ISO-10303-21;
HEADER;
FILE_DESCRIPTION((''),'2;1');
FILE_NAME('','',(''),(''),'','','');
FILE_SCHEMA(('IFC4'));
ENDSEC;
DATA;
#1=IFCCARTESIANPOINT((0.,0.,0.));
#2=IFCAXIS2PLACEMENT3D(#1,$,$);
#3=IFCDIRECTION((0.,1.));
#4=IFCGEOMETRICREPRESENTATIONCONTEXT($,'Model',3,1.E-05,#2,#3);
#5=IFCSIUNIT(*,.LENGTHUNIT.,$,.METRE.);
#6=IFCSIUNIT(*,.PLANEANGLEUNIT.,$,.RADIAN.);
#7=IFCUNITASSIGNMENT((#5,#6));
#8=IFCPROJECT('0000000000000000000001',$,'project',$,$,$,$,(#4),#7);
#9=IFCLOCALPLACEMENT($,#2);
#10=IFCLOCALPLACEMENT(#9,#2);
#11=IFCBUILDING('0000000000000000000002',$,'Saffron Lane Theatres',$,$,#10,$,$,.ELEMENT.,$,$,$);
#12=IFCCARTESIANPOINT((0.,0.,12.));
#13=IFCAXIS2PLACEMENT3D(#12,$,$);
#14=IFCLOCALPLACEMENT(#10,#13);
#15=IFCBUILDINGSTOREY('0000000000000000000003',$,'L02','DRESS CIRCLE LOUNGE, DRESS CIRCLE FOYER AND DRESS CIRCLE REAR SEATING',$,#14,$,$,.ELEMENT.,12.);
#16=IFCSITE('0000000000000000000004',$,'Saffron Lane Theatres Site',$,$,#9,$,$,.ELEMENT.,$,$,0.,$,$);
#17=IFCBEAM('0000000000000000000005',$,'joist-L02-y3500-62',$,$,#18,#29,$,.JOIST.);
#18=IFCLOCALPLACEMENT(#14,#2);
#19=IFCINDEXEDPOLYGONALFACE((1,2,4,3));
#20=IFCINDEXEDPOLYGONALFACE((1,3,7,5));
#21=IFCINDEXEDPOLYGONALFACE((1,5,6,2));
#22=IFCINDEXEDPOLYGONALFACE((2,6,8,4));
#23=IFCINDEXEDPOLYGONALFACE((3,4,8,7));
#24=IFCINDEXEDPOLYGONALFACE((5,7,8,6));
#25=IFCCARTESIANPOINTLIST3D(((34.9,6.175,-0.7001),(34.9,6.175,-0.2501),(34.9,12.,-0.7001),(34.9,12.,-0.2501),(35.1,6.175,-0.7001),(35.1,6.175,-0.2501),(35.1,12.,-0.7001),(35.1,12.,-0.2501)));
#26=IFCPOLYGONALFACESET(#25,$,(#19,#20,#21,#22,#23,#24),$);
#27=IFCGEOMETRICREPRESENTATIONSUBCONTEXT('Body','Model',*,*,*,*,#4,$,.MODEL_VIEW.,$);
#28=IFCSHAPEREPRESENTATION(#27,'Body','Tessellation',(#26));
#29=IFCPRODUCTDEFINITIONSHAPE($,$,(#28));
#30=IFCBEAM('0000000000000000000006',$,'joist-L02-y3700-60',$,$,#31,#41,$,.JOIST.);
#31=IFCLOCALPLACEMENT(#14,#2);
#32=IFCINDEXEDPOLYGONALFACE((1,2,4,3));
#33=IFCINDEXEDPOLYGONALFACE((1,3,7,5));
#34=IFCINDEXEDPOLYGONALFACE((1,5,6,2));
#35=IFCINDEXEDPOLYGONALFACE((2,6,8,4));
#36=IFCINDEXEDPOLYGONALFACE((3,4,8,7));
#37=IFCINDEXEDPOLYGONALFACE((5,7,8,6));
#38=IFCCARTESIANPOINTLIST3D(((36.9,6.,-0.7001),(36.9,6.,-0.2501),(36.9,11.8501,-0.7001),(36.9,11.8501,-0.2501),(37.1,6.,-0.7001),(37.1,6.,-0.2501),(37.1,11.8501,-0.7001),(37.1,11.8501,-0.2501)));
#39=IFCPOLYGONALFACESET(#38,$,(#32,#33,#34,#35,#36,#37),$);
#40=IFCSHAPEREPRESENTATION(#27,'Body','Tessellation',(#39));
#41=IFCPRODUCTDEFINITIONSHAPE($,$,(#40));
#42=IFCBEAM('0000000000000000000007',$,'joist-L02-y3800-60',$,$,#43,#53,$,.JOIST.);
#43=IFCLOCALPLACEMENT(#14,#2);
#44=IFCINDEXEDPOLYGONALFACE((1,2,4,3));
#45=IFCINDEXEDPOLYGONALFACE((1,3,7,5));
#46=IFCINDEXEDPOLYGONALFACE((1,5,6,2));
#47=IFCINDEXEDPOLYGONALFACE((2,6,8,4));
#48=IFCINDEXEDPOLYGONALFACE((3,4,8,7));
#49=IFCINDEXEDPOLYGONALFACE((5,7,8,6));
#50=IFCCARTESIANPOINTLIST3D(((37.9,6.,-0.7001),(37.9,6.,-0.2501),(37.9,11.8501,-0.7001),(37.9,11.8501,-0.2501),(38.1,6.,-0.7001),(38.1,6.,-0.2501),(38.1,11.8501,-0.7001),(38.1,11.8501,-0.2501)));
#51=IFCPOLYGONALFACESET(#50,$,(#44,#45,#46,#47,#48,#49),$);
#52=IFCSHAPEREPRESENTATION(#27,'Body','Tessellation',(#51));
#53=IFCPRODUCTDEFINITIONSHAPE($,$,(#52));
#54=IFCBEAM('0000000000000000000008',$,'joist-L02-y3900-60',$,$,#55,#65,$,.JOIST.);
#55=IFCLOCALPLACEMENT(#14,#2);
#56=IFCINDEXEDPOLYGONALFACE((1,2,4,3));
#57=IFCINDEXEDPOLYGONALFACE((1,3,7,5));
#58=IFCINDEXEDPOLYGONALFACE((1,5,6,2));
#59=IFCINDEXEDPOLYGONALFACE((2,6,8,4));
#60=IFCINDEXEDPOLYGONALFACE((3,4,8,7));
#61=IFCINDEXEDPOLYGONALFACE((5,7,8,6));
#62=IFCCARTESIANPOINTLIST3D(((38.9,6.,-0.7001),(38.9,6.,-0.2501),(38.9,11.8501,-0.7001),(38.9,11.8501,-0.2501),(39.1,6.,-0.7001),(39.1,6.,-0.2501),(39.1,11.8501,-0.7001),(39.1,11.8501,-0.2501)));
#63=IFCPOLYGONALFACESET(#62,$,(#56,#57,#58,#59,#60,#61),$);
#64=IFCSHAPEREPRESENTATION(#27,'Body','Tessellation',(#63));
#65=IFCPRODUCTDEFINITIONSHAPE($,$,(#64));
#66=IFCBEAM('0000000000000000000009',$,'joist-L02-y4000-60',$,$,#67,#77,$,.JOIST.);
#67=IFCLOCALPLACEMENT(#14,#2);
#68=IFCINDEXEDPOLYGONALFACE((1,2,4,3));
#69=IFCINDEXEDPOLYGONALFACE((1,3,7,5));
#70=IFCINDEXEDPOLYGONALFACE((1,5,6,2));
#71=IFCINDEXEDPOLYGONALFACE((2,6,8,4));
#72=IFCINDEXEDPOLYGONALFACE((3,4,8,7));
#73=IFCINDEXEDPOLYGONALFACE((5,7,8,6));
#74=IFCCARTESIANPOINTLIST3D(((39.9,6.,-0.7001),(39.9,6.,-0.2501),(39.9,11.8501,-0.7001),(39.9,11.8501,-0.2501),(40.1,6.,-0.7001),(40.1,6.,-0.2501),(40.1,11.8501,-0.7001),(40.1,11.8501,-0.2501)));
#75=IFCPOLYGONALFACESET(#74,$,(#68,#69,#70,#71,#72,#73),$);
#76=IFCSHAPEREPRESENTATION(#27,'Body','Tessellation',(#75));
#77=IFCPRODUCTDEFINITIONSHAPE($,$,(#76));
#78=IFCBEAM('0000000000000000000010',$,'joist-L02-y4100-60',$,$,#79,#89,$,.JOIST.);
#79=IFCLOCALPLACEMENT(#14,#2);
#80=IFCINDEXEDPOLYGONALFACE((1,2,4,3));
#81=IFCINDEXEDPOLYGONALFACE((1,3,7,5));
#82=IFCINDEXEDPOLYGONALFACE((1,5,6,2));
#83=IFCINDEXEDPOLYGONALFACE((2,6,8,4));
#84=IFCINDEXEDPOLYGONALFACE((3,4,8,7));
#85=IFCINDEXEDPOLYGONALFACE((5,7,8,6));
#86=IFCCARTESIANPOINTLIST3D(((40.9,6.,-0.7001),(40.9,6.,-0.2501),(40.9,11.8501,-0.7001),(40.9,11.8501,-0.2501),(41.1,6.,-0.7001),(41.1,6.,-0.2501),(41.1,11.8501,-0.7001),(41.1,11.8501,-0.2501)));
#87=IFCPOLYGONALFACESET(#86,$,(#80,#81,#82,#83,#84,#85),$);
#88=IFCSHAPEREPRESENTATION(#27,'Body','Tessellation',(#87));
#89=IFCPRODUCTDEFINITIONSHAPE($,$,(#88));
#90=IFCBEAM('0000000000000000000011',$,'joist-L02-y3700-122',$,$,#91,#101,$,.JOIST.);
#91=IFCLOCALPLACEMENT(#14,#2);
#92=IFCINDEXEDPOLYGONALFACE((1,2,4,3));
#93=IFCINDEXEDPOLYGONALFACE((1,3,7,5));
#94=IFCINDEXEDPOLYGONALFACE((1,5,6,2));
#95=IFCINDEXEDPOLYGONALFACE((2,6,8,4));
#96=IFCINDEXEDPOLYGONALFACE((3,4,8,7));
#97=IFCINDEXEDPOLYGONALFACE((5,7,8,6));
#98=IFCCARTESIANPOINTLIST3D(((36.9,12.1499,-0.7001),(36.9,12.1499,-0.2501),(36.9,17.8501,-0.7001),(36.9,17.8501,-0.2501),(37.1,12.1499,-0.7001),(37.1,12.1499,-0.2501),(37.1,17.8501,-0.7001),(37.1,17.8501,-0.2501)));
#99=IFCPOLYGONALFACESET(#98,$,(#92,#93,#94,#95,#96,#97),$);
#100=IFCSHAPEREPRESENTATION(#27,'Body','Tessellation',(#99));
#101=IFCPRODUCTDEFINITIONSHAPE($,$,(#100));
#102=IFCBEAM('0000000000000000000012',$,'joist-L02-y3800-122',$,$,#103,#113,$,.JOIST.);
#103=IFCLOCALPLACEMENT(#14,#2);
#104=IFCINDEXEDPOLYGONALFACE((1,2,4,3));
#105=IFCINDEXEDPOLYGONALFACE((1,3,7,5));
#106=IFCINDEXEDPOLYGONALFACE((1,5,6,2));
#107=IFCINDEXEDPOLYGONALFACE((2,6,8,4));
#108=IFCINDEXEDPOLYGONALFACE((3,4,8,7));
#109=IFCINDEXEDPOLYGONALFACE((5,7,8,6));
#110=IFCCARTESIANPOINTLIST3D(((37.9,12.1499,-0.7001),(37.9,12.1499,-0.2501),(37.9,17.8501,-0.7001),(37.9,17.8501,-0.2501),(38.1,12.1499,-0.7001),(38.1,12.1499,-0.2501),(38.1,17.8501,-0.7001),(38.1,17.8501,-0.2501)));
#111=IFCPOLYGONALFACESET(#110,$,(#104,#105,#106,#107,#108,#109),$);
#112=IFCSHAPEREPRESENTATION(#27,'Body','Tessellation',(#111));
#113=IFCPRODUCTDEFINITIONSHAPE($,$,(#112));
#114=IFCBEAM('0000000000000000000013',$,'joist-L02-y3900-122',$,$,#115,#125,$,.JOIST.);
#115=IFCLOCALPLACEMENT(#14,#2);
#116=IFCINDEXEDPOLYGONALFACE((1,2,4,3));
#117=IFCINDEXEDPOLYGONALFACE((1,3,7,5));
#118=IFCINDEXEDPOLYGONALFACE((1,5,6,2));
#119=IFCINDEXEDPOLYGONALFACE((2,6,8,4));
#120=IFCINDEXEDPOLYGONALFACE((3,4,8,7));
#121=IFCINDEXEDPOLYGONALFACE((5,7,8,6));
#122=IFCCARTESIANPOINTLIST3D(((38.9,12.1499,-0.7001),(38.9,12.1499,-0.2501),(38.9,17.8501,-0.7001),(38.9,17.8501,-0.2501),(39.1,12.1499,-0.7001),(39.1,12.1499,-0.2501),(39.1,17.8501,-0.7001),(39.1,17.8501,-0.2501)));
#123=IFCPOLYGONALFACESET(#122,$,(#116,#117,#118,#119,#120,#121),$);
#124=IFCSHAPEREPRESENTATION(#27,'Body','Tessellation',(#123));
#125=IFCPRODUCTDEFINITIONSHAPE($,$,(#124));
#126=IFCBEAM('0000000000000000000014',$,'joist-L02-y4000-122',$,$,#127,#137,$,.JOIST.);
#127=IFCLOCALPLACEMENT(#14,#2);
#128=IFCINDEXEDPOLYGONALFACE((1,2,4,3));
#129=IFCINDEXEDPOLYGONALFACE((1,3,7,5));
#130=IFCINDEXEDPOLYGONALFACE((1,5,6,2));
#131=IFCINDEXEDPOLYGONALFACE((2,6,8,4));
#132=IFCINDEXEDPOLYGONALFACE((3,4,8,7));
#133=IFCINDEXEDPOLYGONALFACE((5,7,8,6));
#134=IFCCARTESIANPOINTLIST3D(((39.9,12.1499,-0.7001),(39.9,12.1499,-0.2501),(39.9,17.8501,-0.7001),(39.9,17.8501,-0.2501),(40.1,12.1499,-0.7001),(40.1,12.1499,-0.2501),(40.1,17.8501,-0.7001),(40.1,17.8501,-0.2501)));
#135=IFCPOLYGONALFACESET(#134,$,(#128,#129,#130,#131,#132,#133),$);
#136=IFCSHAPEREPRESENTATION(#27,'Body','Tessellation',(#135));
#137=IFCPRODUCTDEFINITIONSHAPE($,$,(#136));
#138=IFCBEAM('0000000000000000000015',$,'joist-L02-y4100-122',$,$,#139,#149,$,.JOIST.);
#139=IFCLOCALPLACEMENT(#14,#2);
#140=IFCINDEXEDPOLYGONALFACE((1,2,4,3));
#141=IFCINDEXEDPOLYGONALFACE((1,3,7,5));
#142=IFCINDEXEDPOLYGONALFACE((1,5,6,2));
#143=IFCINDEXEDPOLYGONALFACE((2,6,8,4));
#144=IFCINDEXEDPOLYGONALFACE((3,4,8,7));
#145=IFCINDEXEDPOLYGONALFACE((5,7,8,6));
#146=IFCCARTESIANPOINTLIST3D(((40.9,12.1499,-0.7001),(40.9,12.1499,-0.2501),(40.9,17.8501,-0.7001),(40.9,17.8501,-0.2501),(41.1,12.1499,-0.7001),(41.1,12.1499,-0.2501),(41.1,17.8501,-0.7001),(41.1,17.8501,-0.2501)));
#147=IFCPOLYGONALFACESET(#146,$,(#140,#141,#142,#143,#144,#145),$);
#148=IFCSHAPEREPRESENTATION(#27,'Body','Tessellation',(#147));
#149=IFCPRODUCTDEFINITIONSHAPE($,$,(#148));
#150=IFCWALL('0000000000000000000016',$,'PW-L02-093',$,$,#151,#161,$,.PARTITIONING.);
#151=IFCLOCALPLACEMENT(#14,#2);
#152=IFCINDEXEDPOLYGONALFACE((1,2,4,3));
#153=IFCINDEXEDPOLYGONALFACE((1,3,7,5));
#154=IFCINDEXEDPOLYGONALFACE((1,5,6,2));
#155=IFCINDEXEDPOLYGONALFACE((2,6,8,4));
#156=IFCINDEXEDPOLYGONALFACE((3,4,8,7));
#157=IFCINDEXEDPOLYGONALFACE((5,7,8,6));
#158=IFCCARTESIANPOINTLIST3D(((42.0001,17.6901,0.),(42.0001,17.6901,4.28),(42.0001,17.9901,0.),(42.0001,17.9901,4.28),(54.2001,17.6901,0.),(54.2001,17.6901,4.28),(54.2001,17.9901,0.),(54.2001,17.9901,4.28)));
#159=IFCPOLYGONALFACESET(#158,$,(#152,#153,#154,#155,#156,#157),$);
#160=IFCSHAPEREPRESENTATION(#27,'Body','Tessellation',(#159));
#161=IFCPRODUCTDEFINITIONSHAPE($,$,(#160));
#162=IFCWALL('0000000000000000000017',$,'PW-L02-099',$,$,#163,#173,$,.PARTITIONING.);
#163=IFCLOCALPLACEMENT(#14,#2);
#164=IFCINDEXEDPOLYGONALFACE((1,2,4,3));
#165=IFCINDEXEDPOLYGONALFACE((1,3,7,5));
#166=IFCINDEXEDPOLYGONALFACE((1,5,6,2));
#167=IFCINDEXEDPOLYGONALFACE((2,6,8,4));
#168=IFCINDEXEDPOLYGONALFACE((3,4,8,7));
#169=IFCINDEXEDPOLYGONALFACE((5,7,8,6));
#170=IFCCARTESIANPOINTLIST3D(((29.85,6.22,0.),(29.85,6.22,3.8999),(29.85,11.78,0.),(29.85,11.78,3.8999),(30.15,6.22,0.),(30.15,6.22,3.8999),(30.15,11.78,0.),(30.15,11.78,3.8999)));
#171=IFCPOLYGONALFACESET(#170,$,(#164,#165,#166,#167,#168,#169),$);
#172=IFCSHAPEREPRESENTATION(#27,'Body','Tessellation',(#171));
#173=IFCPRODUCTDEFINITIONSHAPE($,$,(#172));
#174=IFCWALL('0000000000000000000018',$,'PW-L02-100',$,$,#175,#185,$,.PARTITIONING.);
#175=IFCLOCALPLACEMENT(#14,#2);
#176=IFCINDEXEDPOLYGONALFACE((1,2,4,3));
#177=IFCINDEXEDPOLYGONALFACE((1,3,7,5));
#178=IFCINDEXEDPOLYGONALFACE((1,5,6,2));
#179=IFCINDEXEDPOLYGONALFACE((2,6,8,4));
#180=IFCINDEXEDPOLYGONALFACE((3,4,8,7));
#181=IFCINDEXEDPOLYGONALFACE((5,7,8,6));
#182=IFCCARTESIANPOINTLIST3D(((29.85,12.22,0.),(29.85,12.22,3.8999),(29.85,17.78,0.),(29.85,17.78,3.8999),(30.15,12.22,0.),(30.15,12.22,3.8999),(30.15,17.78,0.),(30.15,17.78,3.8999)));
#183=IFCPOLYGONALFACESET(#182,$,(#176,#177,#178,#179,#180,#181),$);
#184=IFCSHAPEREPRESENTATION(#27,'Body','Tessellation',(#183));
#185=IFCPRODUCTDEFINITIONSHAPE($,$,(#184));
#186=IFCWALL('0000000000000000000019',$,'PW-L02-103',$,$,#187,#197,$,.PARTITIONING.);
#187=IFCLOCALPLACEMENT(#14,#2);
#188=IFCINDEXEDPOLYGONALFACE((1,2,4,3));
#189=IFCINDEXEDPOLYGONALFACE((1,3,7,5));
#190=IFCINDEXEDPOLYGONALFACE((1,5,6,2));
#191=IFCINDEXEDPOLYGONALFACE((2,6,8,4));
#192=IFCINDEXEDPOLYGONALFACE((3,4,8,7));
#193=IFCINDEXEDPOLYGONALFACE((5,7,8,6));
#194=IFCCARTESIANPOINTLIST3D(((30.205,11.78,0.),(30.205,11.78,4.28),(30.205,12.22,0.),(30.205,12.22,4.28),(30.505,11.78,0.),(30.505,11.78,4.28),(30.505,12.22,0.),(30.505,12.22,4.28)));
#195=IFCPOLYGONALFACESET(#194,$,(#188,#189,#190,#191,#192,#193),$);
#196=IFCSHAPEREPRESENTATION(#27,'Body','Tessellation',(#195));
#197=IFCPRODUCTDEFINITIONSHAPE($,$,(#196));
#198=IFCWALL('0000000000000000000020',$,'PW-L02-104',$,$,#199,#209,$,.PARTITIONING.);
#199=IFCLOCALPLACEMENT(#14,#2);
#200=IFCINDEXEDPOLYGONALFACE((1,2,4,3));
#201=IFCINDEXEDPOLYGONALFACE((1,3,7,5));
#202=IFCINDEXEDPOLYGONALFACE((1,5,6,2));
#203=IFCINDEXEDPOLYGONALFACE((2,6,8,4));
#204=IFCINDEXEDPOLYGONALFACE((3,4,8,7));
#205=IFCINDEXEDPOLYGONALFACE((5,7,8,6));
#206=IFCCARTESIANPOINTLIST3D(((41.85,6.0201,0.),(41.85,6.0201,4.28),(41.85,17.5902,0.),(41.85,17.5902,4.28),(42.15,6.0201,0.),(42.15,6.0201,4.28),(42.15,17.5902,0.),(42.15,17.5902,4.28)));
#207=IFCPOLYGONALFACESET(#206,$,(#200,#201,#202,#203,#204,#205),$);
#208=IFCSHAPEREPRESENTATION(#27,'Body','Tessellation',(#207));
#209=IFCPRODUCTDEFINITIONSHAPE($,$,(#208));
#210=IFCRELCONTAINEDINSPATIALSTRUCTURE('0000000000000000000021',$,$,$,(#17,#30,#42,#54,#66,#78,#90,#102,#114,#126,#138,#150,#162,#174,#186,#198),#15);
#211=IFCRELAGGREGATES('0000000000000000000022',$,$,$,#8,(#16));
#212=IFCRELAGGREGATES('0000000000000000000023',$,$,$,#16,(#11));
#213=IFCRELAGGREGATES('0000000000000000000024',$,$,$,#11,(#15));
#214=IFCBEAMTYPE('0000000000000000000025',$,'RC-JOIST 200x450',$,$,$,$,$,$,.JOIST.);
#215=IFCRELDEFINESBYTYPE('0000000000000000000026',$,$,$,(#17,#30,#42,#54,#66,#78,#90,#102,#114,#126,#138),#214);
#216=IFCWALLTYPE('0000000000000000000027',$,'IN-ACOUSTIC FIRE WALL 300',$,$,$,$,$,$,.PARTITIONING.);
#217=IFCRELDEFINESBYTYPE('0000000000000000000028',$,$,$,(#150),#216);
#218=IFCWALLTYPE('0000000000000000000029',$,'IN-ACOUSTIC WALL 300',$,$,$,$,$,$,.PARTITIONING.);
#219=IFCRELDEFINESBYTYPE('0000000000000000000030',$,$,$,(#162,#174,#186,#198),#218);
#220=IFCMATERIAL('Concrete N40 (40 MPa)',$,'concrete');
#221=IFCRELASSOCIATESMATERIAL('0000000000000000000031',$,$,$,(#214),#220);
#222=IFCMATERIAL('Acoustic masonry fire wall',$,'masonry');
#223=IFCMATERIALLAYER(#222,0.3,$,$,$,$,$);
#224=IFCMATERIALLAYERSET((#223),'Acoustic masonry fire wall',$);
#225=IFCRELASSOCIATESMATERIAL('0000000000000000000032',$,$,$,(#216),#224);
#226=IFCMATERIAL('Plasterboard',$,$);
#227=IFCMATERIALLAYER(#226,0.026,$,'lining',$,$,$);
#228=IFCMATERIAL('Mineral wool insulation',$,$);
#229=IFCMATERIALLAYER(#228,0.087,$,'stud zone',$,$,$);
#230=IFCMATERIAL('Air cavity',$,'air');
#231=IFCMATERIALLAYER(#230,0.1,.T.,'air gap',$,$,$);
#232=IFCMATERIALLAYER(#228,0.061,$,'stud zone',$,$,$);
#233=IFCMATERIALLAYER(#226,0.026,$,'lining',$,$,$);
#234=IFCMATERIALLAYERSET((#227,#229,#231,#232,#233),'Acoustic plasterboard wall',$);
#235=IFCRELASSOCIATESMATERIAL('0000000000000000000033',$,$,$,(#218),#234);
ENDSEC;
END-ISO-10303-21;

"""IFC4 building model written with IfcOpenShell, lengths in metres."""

from ifc_helpers import new_model, si_unit, direction, frame, frame_2d, origin, origin_2d, place, context, subcontext, project, spatial, rectangle, extrude, material, layer, layer_set, material_profile, profile_set, type_object, element, save


model = new_model("IFC4")

# Units and contexts
model_context = context("Model", 3, precision=1e-05, world=origin(), true_north=direction((0.0, 1.0)))
body_context = subcontext(model_context, "Body", "Model", "MODEL_VIEW")
ifc_project = project(units=[si_unit("LENGTHUNIT", "METRE"), si_unit("PLANEANGLEUNIT", "RADIAN")], contexts=[model_context])

# Site, building, storey
site_placement = place(None, origin())
site = spatial("IfcSite", under=ifc_project, at=site_placement, Name="Saffron Lane Theatres Site", CompositionType="ELEMENT", RefElevation=0.0)
building_placement = place(site_placement, origin())
building = spatial("IfcBuilding", under=site, at=building_placement, Name="Saffron Lane Theatres", CompositionType="ELEMENT")
storey_placement = place(building_placement, frame((0.0, 0.0, 12.0)))
storey = spatial("IfcBuildingStorey", under=building, at=storey_placement, Name="L02", Description="DRESS CIRCLE LOUNGE, DRESS CIRCLE FOYER AND DRESS CIRCLE REAR SEATING", CompositionType="ELEMENT", Elevation=12.0)

# Beams
ifc_material_1 = material(Name="Concrete N40 (40 MPa)", Category="concrete")
ifc_material_profile_1 = material_profile(ifc_material_1, rectangle(XDim=0.2, YDim=0.45, at=origin_2d()))
ifc_profile_set_1 = profile_set([ifc_material_profile_1], Name="Concrete N40 (40 MPa)")
beam_type_1 = type_object("IfcBeamType", Name="RC-JOIST 200x450", PredefinedType="JOIST", material=ifc_profile_set_1)
for number, where, z_axis, x_axis, name in (
    (1, (35.0, 6.175, -0.4751), (0.0, 1.0, 0.0), (-1.0, 0.0, 0.0), "joist-L02-y3500-62"),
):
    element("IfcBeam", number, at=place(storey_placement, frame(where, z_axis=z_axis, x_axis=x_axis)), inside=storey, type_object=beam_type_1, Name=name, PredefinedType="JOIST", context=body_context, shape_type="SweptSolid", body=[
        extrude(rectangle(XDim=0.2, YDim=0.45, at=origin_2d()), origin(), (0.0, 0.0, 1.0), 5.825),
    ])
for number, where, z_axis, x_axis, name in (
    (2, (37.0, 6.0, -0.4751), (0.0, 1.0, 0.0), (-1.0, 0.0, 0.0), "joist-L02-y3700-60"),
    (3, (38.0, 6.0, -0.4751), (0.0, 1.0, 0.0), (-1.0, 0.0, 0.0), "joist-L02-y3800-60"),
    (4, (39.0, 6.0, -0.4751), (0.0, 1.0, 0.0), (-1.0, 0.0, 0.0), "joist-L02-y3900-60"),
    (5, (40.0, 6.0, -0.4751), (0.0, 1.0, 0.0), (-1.0, 0.0, 0.0), "joist-L02-y4000-60"),
    (6, (41.0, 6.0, -0.4751), (0.0, 1.0, 0.0), (-1.0, 0.0, 0.0), "joist-L02-y4100-60"),
):
    element("IfcBeam", number, at=place(storey_placement, frame(where, z_axis=z_axis, x_axis=x_axis)), inside=storey, type_object=beam_type_1, Name=name, PredefinedType="JOIST", context=body_context, shape_type="SweptSolid", body=[
        extrude(rectangle(XDim=0.2, YDim=0.45, at=origin_2d()), origin(), (0.0, 0.0, 1.0), 5.8501),
    ])
for number, where, z_axis, x_axis, name in (
    (7, (37.0, 12.1499, -0.4751), (0.0, 1.0, 0.0), (-1.0, 0.0, 0.0), "joist-L02-y3700-122"),
    (8, (38.0, 12.1499, -0.4751), (0.0, 1.0, 0.0), (-1.0, 0.0, 0.0), "joist-L02-y3800-122"),
    (9, (39.0, 12.1499, -0.4751), (0.0, 1.0, 0.0), (-1.0, 0.0, 0.0), "joist-L02-y3900-122"),
    (10, (40.0, 12.1499, -0.4751), (0.0, 1.0, 0.0), (-1.0, 0.0, 0.0), "joist-L02-y4000-122"),
    (11, (41.0, 12.1499, -0.4751), (0.0, 1.0, 0.0), (-1.0, 0.0, 0.0), "joist-L02-y4100-122"),
):
    element("IfcBeam", number, at=place(storey_placement, frame(where, z_axis=z_axis, x_axis=x_axis)), inside=storey, type_object=beam_type_1, Name=name, PredefinedType="JOIST", context=body_context, shape_type="SweptSolid", body=[
        extrude(rectangle(XDim=0.2, YDim=0.45, at=origin_2d()), origin(), (0.0, 0.0, 1.0), 5.7002),
    ])

# Walls
ifc_material_2 = material(Name="Acoustic masonry fire wall", Category="masonry")
ifc_layer_1 = layer(ifc_material_2, 0.3)
ifc_layer_set_1 = layer_set([ifc_layer_1], Name="Acoustic masonry fire wall")
wall_type_1 = type_object("IfcWallType", Name="IN-ACOUSTIC FIRE WALL 300", PredefinedType="PARTITIONING", material=ifc_layer_set_1)
wall_1_placement = place(storey_placement, frame((42.0, 17.8401, 0.0), z_axis=(0.0, 0.0, 1.0), x_axis=(1.0, 0.0, 0.0)))
element("IfcWall", 12, at=wall_1_placement, inside=storey, type_object=wall_type_1, Name="PW-L02-093", PredefinedType="PARTITIONING", context=body_context, shape_type="SweptSolid", body=[
    extrude(rectangle(XDim=12.2, YDim=0.3, at=frame_2d((6.1001, 0.0))), origin(), (0.0, 0.0, 1.0), 4.28),
])
ifc_material_3 = material(Name="Plasterboard")
ifc_layer_2 = layer(ifc_material_3, 0.026, Name="lining")
ifc_material_4 = material(Name="Mineral wool insulation")
ifc_layer_3 = layer(ifc_material_4, 0.087, Name="stud zone")
ifc_material_5 = material(Name="Air cavity", Category="air")
ifc_layer_4 = layer(ifc_material_5, 0.1, ventilated=True, Name="air gap")
ifc_layer_5 = layer(ifc_material_4, 0.061, Name="stud zone")
ifc_layer_6 = layer(ifc_material_3, 0.026, Name="lining")
ifc_layer_set_2 = layer_set([ifc_layer_2, ifc_layer_3, ifc_layer_4, ifc_layer_5, ifc_layer_6], Name="Acoustic plasterboard wall")
wall_type_2 = type_object("IfcWallType", Name="IN-ACOUSTIC WALL 300", PredefinedType="PARTITIONING", material=ifc_layer_set_2)
for number, where, z_axis, x_axis, name in (
    (13, (30.0, 6.22, 0.0), (0.0, 0.0, 1.0), (0.0, 1.0, 0.0), "PW-L02-099"),
    (14, (30.0, 12.22, 0.0), (0.0, 0.0, 1.0), (0.0, 1.0, 0.0), "PW-L02-100"),
):
    element("IfcWall", number, at=place(storey_placement, frame(where, z_axis=z_axis, x_axis=x_axis)), inside=storey, type_object=wall_type_2, Name=name, PredefinedType="PARTITIONING", context=body_context, shape_type="SweptSolid", body=[
        extrude(rectangle(XDim=5.5601, YDim=0.3, at=frame_2d((2.78, 0.0))), origin(), (0.0, 0.0, 1.0), 3.8999),
    ])
wall_2_placement = place(storey_placement, frame((30.355, 11.78, 0.0), z_axis=(0.0, 0.0, 1.0), x_axis=(0.0, 1.0, 0.0)))
element("IfcWall", 15, at=wall_2_placement, inside=storey, type_object=wall_type_2, Name="PW-L02-103", PredefinedType="PARTITIONING", context=body_context, shape_type="SweptSolid", body=[
    extrude(rectangle(XDim=0.4399, YDim=0.3, at=frame_2d((0.22, 0.0))), origin(), (0.0, 0.0, 1.0), 4.28),
])
wall_3_placement = place(storey_placement, frame((42.0, 6.02, 0.0), z_axis=(0.0, 0.0, 1.0), x_axis=(0.0, 1.0, 0.0)))
element("IfcWall", 16, at=wall_3_placement, inside=storey, type_object=wall_type_2, Name="PW-L02-104", PredefinedType="PARTITIONING", context=body_context, shape_type="SweptSolid", body=[
    extrude(rectangle(XDim=11.5701, YDim=0.3, at=frame_2d((5.7852, 0.0))), origin(), (0.0, 0.0, 1.0), 4.28),
])

save(model, "model.ifc")
